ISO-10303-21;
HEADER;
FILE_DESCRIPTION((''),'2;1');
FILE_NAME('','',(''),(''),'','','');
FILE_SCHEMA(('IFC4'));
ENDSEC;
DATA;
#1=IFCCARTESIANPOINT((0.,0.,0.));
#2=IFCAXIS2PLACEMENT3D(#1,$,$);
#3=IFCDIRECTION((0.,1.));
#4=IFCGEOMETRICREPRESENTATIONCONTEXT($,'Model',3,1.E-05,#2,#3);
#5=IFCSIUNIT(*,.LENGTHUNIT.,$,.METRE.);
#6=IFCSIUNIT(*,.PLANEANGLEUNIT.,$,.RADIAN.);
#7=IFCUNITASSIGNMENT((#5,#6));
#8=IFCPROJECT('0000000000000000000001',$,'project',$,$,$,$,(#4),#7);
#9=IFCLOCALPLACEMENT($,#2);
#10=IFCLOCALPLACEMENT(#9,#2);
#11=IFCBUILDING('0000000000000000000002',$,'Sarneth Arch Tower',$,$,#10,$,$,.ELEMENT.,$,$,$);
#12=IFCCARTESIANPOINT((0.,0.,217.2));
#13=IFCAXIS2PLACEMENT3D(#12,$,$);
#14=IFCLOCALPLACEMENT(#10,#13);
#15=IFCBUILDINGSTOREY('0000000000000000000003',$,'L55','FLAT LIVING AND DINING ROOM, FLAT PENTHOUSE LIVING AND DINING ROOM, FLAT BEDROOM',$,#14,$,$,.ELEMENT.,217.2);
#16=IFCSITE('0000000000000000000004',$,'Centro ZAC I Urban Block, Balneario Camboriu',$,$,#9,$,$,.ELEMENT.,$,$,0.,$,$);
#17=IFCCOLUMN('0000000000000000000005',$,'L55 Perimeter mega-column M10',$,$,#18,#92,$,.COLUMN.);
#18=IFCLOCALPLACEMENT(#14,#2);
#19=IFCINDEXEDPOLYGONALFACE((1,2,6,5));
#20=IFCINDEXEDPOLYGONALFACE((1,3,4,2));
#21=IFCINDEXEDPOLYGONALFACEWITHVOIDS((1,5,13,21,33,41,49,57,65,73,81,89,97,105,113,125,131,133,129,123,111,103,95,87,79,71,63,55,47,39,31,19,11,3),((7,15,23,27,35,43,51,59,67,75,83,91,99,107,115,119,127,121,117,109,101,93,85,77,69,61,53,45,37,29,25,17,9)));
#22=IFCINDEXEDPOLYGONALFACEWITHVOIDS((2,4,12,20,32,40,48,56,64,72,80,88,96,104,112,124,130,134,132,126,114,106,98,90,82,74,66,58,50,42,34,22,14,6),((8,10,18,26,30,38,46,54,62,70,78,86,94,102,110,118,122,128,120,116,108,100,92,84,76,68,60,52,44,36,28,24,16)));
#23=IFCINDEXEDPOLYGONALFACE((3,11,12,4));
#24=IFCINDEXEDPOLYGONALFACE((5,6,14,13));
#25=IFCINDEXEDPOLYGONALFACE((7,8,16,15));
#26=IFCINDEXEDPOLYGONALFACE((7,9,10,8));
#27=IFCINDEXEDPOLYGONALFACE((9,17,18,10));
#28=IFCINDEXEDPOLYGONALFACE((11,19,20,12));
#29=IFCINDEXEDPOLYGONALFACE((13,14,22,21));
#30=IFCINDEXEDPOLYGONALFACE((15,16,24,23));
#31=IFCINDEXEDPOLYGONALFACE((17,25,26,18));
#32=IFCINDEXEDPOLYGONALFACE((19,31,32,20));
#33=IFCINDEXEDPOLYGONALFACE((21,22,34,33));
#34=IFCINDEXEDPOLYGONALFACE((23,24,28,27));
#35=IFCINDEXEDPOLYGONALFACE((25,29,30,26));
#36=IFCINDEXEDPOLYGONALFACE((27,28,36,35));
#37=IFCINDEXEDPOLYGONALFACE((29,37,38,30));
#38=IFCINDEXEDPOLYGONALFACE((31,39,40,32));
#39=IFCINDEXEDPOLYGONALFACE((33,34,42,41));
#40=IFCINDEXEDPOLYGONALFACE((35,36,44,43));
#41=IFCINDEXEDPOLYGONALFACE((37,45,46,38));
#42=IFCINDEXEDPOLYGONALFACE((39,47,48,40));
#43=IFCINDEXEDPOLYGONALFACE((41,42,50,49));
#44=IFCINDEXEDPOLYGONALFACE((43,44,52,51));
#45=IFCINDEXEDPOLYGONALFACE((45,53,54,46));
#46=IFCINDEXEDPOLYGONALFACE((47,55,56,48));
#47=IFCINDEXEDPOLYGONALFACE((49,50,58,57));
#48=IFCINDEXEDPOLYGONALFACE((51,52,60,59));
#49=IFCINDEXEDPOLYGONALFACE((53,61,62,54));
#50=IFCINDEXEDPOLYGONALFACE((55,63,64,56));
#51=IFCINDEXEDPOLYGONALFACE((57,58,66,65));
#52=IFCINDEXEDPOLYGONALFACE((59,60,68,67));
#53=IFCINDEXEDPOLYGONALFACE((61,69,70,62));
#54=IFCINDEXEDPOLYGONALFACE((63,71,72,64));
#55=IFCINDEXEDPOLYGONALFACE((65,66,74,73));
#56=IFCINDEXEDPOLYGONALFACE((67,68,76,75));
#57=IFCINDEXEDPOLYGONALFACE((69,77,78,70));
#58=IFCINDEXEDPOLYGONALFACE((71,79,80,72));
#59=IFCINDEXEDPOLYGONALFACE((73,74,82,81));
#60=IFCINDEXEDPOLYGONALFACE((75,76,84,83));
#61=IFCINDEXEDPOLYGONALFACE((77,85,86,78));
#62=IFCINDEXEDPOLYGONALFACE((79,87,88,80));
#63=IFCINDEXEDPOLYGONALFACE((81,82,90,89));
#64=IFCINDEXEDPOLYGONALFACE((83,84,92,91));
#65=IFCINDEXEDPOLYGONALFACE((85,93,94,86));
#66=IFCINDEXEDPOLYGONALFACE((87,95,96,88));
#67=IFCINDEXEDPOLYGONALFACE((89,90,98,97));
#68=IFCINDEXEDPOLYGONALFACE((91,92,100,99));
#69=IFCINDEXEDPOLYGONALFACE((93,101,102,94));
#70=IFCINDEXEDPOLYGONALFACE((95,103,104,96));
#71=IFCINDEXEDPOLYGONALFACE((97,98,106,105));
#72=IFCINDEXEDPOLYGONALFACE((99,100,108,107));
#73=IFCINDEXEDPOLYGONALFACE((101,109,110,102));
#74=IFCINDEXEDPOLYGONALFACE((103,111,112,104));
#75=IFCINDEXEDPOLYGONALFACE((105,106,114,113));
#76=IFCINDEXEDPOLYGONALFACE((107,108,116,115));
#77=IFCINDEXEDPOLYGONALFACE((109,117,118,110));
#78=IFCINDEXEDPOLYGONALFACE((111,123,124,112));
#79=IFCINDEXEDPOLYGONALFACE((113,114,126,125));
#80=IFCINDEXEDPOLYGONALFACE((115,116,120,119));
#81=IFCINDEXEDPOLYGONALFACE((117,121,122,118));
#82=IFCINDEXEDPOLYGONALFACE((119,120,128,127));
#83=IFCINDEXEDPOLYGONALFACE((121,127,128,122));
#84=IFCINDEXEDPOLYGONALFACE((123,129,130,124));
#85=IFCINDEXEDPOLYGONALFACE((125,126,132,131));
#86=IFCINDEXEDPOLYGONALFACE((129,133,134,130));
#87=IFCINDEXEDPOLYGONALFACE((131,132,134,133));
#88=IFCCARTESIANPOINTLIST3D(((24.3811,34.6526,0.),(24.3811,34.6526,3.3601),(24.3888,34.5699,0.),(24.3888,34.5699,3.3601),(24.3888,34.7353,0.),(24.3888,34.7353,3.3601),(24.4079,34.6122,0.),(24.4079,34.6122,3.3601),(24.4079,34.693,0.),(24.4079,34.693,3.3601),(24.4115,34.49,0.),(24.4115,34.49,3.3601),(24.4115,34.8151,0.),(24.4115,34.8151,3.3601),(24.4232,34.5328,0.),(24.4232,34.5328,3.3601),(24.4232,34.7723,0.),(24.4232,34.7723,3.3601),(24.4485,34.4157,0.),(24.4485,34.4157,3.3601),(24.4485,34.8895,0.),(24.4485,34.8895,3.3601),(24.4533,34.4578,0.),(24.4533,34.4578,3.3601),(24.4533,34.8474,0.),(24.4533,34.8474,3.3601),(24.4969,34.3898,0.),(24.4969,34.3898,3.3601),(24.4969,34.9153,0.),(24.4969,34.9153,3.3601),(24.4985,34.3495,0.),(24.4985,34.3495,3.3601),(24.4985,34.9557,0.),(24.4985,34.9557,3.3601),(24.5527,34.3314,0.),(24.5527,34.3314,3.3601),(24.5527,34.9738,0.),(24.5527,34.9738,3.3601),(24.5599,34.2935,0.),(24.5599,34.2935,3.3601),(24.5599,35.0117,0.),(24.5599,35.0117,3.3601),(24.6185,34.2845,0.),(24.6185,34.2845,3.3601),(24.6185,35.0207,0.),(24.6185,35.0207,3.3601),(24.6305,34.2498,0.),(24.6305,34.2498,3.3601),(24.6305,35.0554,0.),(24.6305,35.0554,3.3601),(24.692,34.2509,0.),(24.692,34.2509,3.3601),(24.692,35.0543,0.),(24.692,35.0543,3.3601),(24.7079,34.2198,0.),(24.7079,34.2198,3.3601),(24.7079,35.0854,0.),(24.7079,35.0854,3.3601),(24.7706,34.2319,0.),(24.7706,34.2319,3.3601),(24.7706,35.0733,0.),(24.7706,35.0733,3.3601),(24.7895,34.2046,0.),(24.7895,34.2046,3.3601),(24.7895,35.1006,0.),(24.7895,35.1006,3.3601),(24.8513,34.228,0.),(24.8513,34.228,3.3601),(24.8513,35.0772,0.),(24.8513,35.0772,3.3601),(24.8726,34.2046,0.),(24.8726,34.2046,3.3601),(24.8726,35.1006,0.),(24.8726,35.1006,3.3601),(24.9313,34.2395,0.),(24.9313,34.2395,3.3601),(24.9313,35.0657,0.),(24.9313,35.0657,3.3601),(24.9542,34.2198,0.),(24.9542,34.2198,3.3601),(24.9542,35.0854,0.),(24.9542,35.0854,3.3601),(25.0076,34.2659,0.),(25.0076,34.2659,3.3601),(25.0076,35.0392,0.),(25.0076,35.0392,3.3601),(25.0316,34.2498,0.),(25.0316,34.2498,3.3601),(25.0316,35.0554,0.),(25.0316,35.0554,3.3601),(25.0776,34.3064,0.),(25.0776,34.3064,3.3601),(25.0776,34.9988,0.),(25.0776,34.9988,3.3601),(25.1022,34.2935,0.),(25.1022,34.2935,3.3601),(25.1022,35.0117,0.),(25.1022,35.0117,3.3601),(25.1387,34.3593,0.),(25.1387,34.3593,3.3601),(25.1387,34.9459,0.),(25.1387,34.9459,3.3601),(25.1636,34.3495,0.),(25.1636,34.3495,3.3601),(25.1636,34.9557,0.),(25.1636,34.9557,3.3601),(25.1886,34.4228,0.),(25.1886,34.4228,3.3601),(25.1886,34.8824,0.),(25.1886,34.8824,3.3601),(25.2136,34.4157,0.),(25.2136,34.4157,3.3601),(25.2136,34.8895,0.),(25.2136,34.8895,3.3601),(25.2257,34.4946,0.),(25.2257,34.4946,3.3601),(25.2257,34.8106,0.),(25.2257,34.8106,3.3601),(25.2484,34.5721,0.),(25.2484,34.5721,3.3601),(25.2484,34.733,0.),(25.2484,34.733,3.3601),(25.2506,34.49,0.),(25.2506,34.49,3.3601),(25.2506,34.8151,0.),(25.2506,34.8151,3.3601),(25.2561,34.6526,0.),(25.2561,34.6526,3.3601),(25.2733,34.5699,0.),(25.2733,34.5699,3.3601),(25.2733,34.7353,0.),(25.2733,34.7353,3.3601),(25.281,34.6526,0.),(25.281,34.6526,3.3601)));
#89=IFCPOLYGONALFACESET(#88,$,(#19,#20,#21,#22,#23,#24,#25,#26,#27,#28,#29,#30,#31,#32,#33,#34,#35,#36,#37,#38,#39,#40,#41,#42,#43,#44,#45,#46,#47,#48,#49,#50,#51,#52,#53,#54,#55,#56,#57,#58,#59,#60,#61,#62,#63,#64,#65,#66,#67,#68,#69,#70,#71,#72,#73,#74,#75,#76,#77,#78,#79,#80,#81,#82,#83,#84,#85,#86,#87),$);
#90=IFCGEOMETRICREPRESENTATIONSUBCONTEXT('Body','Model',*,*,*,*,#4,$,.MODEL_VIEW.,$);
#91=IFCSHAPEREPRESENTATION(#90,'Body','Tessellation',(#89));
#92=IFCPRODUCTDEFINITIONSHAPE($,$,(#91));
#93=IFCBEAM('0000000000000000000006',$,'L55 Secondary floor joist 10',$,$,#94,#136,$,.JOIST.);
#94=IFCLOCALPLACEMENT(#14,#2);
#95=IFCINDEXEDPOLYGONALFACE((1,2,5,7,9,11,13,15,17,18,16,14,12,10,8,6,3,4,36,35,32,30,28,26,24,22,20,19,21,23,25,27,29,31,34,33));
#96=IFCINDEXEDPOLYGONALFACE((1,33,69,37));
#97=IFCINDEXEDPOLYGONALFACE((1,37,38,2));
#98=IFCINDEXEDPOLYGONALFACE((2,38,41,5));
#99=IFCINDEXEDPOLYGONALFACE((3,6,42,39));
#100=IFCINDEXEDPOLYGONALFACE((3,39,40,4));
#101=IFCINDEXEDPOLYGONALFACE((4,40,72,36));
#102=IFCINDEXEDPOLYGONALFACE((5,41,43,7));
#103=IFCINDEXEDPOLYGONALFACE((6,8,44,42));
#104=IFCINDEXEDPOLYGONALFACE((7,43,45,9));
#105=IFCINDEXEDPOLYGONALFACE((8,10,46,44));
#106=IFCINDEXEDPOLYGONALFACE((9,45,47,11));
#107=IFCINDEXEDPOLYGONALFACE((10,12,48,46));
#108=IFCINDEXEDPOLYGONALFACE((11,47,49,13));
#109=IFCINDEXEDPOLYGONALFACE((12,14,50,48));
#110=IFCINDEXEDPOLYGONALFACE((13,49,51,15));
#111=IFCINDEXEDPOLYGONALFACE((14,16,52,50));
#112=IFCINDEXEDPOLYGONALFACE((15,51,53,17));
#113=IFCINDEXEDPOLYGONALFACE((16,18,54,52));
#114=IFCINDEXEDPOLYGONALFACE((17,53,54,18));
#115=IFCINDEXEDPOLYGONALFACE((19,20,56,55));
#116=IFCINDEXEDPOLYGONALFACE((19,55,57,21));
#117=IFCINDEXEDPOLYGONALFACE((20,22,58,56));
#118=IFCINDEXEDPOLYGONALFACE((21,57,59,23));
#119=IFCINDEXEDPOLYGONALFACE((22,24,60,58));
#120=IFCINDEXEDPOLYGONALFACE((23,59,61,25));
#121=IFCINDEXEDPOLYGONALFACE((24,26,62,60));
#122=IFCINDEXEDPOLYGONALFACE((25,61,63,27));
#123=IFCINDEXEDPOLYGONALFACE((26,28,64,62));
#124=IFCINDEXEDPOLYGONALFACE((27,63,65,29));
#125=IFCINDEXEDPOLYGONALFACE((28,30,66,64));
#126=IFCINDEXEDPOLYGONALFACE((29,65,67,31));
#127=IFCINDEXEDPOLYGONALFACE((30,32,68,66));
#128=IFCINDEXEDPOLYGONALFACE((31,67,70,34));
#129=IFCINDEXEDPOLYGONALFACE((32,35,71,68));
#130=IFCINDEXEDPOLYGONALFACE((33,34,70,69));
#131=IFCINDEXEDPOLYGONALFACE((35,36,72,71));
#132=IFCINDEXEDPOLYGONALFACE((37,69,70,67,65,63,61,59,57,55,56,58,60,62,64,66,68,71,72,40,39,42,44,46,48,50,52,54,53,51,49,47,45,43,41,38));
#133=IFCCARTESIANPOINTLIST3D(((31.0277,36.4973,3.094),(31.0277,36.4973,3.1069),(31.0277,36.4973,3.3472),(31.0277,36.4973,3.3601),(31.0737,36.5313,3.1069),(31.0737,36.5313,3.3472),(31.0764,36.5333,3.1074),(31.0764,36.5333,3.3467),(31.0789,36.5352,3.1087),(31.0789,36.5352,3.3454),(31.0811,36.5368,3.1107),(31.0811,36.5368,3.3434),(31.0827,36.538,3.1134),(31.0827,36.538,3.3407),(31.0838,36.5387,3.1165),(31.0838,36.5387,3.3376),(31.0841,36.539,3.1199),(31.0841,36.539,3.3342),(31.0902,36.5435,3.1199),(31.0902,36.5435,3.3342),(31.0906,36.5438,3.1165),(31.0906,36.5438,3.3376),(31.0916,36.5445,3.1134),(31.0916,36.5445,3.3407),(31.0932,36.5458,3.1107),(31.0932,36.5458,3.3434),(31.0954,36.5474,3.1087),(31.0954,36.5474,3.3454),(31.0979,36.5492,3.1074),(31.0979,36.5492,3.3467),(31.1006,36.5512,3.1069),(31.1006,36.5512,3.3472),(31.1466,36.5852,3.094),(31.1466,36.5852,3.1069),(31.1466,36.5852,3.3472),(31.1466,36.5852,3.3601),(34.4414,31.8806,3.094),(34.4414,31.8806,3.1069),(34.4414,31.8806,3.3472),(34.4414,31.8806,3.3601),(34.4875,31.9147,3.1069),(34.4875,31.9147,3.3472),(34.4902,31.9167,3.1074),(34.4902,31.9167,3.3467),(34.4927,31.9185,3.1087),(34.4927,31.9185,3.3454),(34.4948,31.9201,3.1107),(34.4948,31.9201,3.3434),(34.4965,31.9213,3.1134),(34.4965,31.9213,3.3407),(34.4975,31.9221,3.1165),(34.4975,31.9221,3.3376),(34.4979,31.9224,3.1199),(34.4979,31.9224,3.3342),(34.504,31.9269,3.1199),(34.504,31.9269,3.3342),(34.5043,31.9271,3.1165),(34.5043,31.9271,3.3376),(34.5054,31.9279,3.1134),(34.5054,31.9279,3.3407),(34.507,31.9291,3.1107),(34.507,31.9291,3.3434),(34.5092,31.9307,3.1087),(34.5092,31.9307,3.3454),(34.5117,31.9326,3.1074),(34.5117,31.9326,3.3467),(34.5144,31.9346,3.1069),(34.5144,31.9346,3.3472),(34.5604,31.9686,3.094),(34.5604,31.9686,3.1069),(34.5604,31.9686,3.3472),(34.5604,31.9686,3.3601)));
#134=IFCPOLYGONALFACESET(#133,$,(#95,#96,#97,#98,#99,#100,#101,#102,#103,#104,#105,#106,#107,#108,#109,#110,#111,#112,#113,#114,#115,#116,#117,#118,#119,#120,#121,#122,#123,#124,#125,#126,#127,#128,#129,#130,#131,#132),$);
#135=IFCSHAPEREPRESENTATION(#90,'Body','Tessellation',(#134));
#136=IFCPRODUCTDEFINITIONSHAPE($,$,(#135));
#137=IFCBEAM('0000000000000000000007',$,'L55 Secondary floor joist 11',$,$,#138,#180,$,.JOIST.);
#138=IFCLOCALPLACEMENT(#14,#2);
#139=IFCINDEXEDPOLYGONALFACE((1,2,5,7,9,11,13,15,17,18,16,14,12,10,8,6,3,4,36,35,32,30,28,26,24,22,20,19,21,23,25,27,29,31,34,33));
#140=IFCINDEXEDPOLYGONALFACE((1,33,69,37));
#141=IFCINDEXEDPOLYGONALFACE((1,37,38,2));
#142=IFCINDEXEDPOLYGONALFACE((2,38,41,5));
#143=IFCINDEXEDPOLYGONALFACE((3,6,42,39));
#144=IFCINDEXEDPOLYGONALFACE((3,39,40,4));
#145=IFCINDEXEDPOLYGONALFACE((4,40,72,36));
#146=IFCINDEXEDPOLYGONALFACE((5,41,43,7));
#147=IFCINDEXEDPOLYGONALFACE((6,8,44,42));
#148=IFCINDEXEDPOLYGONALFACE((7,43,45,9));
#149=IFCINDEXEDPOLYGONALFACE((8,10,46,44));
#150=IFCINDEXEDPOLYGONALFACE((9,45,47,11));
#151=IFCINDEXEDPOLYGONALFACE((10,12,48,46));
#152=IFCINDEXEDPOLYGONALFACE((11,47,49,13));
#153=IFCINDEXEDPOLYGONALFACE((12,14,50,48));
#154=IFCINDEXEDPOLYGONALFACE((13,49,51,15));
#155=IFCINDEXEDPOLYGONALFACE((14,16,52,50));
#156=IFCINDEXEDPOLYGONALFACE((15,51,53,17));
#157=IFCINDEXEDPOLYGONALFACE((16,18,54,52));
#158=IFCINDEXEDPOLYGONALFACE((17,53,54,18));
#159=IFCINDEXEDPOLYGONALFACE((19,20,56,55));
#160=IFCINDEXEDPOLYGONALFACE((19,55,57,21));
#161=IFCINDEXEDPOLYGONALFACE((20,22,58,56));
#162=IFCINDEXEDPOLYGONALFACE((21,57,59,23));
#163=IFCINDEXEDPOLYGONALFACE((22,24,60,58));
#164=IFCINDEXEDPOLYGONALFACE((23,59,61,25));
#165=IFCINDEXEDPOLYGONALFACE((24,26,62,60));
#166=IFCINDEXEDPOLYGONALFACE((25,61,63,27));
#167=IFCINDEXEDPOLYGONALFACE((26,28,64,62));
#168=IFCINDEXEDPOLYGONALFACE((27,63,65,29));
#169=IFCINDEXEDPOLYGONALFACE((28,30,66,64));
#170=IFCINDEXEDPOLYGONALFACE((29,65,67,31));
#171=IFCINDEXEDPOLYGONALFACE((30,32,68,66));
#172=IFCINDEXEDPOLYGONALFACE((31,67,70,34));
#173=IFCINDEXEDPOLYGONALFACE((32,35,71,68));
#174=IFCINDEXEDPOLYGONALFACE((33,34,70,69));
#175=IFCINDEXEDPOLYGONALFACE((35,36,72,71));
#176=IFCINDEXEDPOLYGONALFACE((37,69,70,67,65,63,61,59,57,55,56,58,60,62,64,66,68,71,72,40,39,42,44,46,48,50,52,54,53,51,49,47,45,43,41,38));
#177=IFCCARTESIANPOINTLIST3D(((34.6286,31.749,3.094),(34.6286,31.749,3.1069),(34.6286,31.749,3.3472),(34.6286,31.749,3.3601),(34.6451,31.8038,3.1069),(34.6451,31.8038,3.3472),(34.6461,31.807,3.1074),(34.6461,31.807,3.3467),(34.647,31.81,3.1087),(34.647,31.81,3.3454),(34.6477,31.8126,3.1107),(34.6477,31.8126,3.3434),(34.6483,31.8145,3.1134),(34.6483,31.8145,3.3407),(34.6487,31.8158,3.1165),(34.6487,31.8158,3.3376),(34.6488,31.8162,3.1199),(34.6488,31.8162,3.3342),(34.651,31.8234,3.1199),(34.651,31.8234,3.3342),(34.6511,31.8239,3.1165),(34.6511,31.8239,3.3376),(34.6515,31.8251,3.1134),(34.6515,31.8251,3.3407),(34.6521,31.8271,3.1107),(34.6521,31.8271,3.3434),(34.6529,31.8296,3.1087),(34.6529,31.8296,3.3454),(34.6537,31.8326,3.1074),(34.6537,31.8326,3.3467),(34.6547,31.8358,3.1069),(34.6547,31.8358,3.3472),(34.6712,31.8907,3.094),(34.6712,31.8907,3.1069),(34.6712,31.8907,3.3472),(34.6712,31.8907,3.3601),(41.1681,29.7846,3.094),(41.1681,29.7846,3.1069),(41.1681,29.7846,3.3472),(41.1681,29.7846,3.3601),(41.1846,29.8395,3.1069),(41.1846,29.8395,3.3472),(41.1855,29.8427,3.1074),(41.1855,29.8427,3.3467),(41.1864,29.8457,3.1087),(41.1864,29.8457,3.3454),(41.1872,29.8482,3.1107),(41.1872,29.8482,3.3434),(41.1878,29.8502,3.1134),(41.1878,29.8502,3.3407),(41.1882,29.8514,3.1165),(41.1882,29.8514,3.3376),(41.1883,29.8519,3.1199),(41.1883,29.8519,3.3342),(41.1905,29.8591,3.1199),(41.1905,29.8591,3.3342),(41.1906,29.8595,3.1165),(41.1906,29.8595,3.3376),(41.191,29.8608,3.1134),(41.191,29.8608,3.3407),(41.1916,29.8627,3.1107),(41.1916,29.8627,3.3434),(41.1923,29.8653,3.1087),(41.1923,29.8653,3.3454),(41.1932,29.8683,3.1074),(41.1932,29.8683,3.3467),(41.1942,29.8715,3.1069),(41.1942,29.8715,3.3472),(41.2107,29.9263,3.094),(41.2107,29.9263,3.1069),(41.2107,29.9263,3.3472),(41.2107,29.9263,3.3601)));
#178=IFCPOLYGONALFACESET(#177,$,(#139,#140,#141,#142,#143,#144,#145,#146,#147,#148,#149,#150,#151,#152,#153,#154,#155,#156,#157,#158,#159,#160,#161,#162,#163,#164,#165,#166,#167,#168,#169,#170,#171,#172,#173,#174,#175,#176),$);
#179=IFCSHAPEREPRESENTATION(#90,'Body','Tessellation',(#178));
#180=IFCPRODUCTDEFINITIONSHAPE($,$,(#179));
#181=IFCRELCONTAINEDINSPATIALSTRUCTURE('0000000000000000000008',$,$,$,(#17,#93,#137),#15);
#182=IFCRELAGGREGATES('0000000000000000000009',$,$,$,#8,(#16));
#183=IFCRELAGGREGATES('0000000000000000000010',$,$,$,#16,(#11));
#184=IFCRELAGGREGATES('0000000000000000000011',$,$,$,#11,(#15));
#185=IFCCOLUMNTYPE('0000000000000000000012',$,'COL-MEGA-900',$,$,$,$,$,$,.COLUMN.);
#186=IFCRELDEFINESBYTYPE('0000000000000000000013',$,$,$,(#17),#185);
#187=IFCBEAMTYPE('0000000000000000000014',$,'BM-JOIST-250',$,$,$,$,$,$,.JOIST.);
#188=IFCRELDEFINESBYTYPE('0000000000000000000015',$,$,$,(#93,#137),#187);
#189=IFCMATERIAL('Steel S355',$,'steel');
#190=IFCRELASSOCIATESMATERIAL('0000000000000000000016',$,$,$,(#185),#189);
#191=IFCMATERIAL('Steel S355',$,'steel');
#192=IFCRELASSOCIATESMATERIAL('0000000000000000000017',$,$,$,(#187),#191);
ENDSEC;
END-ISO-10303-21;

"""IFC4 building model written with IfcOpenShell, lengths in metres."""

from ifc_helpers import new_model, si_unit, direction, frame, origin, origin_2d, place, context, subcontext, project, spatial, hollow_circle, i_section, extrude, material, material_profile, profile_set, type_object, element, save


model = new_model("IFC4")

# Units and contexts
model_context = context("Model", 3, precision=1e-05, world=origin(), true_north=direction((0.0, 1.0)))
body_context = subcontext(model_context, "Body", "Model", "MODEL_VIEW")
ifc_project = project(units=[si_unit("LENGTHUNIT", "METRE"), si_unit("PLANEANGLEUNIT", "RADIAN")], contexts=[model_context])

# Site, building, storey
site_placement = place(None, origin())
site = spatial("IfcSite", under=ifc_project, at=site_placement, Name="Centro ZAC I Urban Block, Balneario Camboriu", CompositionType="ELEMENT", RefElevation=0.0)
building_placement = place(site_placement, origin())
building = spatial("IfcBuilding", under=site, at=building_placement, Name="Sarneth Arch Tower", CompositionType="ELEMENT")
storey_placement = place(building_placement, frame((0.0, 0.0, 217.2)))
storey = spatial("IfcBuildingStorey", under=building, at=storey_placement, Name="L55", Description="FLAT LIVING AND DINING ROOM, FLAT PENTHOUSE LIVING AND DINING ROOM, FLAT BEDROOM", CompositionType="ELEMENT", Elevation=217.2)

# Column
ifc_material_1 = material(Name="Steel S355", Category="steel")
ifc_material_profile_1 = material_profile(ifc_material_1, hollow_circle(Radius=0.45, WallThickness=0.0249, at=origin_2d()), Name="CHS900x25")
ifc_profile_set_1 = profile_set([ifc_material_profile_1], Name="Steel S355")
column_type = type_object("IfcColumnType", Name="COL-MEGA-900", PredefinedType="COLUMN", material=ifc_profile_set_1)
column_placement = place(storey_placement, frame((24.8311, 34.6526, 0.0), z_axis=(0.0, 0.0, 1.0), x_axis=(1.0, 0.0, 0.0)))
element("IfcColumn", 1, at=column_placement, inside=storey, type_object=column_type, Name="L55 Perimeter mega-column M10", PredefinedType="COLUMN", context=body_context, shape_type="SweptSolid", body=[
    extrude(hollow_circle(Radius=0.45, WallThickness=0.0249, at=origin_2d()), origin(), (0.0, 0.0, 1.0), 3.3601),
])

# Beams
ifc_material_2 = material(Name="Steel S355", Category="steel")
ifc_material_profile_2 = material_profile(ifc_material_2, i_section(OverallWidth=0.1479, OverallDepth=0.2661, WebThickness=0.0076, FlangeThickness=0.0129, FilletRadius=0.0129, at=origin_2d()), Name="W250x44.8")
ifc_profile_set_2 = profile_set([ifc_material_profile_2], Name="Steel S355")
beam_type_1 = type_object("IfcBeamType", Name="BM-JOIST-250", PredefinedType="JOIST", material=ifc_profile_set_2)
beam_1_placement = place(storey_placement, frame((31.0872, 36.5413, 3.2271), z_axis=(0.594557, -0.804053, 0.0), x_axis=(0.804053, 0.594557, 0.0)))
element("IfcBeam", 2, at=beam_1_placement, inside=storey, type_object=beam_type_1, Name="L55 Secondary floor joist 10", PredefinedType="JOIST", context=body_context, shape_type="SweptSolid", body=[
    extrude(i_section(OverallWidth=0.1479, OverallDepth=0.2661, WebThickness=0.0076, FlangeThickness=0.0129, FilletRadius=0.0129, at=origin_2d()), origin(), (0.0, 0.0, 1.0), 5.7417),
])
beam_2_placement = place(storey_placement, frame((34.6499, 31.8198, 3.2271), z_axis=(0.957726, -0.287682, 0.0), x_axis=(0.287682, 0.957726, 0.0)))
element("IfcBeam", 3, at=beam_2_placement, inside=storey, type_object=beam_type_1, Name="L55 Secondary floor joist 11", PredefinedType="JOIST", context=body_context, shape_type="SweptSolid", body=[
    extrude(i_section(OverallWidth=0.1479, OverallDepth=0.2661, WebThickness=0.0076, FlangeThickness=0.0129, FilletRadius=0.0129, at=origin_2d()), origin(), (0.0, 0.0, 1.0), 6.8281),
])

save(model, "model.ifc")
